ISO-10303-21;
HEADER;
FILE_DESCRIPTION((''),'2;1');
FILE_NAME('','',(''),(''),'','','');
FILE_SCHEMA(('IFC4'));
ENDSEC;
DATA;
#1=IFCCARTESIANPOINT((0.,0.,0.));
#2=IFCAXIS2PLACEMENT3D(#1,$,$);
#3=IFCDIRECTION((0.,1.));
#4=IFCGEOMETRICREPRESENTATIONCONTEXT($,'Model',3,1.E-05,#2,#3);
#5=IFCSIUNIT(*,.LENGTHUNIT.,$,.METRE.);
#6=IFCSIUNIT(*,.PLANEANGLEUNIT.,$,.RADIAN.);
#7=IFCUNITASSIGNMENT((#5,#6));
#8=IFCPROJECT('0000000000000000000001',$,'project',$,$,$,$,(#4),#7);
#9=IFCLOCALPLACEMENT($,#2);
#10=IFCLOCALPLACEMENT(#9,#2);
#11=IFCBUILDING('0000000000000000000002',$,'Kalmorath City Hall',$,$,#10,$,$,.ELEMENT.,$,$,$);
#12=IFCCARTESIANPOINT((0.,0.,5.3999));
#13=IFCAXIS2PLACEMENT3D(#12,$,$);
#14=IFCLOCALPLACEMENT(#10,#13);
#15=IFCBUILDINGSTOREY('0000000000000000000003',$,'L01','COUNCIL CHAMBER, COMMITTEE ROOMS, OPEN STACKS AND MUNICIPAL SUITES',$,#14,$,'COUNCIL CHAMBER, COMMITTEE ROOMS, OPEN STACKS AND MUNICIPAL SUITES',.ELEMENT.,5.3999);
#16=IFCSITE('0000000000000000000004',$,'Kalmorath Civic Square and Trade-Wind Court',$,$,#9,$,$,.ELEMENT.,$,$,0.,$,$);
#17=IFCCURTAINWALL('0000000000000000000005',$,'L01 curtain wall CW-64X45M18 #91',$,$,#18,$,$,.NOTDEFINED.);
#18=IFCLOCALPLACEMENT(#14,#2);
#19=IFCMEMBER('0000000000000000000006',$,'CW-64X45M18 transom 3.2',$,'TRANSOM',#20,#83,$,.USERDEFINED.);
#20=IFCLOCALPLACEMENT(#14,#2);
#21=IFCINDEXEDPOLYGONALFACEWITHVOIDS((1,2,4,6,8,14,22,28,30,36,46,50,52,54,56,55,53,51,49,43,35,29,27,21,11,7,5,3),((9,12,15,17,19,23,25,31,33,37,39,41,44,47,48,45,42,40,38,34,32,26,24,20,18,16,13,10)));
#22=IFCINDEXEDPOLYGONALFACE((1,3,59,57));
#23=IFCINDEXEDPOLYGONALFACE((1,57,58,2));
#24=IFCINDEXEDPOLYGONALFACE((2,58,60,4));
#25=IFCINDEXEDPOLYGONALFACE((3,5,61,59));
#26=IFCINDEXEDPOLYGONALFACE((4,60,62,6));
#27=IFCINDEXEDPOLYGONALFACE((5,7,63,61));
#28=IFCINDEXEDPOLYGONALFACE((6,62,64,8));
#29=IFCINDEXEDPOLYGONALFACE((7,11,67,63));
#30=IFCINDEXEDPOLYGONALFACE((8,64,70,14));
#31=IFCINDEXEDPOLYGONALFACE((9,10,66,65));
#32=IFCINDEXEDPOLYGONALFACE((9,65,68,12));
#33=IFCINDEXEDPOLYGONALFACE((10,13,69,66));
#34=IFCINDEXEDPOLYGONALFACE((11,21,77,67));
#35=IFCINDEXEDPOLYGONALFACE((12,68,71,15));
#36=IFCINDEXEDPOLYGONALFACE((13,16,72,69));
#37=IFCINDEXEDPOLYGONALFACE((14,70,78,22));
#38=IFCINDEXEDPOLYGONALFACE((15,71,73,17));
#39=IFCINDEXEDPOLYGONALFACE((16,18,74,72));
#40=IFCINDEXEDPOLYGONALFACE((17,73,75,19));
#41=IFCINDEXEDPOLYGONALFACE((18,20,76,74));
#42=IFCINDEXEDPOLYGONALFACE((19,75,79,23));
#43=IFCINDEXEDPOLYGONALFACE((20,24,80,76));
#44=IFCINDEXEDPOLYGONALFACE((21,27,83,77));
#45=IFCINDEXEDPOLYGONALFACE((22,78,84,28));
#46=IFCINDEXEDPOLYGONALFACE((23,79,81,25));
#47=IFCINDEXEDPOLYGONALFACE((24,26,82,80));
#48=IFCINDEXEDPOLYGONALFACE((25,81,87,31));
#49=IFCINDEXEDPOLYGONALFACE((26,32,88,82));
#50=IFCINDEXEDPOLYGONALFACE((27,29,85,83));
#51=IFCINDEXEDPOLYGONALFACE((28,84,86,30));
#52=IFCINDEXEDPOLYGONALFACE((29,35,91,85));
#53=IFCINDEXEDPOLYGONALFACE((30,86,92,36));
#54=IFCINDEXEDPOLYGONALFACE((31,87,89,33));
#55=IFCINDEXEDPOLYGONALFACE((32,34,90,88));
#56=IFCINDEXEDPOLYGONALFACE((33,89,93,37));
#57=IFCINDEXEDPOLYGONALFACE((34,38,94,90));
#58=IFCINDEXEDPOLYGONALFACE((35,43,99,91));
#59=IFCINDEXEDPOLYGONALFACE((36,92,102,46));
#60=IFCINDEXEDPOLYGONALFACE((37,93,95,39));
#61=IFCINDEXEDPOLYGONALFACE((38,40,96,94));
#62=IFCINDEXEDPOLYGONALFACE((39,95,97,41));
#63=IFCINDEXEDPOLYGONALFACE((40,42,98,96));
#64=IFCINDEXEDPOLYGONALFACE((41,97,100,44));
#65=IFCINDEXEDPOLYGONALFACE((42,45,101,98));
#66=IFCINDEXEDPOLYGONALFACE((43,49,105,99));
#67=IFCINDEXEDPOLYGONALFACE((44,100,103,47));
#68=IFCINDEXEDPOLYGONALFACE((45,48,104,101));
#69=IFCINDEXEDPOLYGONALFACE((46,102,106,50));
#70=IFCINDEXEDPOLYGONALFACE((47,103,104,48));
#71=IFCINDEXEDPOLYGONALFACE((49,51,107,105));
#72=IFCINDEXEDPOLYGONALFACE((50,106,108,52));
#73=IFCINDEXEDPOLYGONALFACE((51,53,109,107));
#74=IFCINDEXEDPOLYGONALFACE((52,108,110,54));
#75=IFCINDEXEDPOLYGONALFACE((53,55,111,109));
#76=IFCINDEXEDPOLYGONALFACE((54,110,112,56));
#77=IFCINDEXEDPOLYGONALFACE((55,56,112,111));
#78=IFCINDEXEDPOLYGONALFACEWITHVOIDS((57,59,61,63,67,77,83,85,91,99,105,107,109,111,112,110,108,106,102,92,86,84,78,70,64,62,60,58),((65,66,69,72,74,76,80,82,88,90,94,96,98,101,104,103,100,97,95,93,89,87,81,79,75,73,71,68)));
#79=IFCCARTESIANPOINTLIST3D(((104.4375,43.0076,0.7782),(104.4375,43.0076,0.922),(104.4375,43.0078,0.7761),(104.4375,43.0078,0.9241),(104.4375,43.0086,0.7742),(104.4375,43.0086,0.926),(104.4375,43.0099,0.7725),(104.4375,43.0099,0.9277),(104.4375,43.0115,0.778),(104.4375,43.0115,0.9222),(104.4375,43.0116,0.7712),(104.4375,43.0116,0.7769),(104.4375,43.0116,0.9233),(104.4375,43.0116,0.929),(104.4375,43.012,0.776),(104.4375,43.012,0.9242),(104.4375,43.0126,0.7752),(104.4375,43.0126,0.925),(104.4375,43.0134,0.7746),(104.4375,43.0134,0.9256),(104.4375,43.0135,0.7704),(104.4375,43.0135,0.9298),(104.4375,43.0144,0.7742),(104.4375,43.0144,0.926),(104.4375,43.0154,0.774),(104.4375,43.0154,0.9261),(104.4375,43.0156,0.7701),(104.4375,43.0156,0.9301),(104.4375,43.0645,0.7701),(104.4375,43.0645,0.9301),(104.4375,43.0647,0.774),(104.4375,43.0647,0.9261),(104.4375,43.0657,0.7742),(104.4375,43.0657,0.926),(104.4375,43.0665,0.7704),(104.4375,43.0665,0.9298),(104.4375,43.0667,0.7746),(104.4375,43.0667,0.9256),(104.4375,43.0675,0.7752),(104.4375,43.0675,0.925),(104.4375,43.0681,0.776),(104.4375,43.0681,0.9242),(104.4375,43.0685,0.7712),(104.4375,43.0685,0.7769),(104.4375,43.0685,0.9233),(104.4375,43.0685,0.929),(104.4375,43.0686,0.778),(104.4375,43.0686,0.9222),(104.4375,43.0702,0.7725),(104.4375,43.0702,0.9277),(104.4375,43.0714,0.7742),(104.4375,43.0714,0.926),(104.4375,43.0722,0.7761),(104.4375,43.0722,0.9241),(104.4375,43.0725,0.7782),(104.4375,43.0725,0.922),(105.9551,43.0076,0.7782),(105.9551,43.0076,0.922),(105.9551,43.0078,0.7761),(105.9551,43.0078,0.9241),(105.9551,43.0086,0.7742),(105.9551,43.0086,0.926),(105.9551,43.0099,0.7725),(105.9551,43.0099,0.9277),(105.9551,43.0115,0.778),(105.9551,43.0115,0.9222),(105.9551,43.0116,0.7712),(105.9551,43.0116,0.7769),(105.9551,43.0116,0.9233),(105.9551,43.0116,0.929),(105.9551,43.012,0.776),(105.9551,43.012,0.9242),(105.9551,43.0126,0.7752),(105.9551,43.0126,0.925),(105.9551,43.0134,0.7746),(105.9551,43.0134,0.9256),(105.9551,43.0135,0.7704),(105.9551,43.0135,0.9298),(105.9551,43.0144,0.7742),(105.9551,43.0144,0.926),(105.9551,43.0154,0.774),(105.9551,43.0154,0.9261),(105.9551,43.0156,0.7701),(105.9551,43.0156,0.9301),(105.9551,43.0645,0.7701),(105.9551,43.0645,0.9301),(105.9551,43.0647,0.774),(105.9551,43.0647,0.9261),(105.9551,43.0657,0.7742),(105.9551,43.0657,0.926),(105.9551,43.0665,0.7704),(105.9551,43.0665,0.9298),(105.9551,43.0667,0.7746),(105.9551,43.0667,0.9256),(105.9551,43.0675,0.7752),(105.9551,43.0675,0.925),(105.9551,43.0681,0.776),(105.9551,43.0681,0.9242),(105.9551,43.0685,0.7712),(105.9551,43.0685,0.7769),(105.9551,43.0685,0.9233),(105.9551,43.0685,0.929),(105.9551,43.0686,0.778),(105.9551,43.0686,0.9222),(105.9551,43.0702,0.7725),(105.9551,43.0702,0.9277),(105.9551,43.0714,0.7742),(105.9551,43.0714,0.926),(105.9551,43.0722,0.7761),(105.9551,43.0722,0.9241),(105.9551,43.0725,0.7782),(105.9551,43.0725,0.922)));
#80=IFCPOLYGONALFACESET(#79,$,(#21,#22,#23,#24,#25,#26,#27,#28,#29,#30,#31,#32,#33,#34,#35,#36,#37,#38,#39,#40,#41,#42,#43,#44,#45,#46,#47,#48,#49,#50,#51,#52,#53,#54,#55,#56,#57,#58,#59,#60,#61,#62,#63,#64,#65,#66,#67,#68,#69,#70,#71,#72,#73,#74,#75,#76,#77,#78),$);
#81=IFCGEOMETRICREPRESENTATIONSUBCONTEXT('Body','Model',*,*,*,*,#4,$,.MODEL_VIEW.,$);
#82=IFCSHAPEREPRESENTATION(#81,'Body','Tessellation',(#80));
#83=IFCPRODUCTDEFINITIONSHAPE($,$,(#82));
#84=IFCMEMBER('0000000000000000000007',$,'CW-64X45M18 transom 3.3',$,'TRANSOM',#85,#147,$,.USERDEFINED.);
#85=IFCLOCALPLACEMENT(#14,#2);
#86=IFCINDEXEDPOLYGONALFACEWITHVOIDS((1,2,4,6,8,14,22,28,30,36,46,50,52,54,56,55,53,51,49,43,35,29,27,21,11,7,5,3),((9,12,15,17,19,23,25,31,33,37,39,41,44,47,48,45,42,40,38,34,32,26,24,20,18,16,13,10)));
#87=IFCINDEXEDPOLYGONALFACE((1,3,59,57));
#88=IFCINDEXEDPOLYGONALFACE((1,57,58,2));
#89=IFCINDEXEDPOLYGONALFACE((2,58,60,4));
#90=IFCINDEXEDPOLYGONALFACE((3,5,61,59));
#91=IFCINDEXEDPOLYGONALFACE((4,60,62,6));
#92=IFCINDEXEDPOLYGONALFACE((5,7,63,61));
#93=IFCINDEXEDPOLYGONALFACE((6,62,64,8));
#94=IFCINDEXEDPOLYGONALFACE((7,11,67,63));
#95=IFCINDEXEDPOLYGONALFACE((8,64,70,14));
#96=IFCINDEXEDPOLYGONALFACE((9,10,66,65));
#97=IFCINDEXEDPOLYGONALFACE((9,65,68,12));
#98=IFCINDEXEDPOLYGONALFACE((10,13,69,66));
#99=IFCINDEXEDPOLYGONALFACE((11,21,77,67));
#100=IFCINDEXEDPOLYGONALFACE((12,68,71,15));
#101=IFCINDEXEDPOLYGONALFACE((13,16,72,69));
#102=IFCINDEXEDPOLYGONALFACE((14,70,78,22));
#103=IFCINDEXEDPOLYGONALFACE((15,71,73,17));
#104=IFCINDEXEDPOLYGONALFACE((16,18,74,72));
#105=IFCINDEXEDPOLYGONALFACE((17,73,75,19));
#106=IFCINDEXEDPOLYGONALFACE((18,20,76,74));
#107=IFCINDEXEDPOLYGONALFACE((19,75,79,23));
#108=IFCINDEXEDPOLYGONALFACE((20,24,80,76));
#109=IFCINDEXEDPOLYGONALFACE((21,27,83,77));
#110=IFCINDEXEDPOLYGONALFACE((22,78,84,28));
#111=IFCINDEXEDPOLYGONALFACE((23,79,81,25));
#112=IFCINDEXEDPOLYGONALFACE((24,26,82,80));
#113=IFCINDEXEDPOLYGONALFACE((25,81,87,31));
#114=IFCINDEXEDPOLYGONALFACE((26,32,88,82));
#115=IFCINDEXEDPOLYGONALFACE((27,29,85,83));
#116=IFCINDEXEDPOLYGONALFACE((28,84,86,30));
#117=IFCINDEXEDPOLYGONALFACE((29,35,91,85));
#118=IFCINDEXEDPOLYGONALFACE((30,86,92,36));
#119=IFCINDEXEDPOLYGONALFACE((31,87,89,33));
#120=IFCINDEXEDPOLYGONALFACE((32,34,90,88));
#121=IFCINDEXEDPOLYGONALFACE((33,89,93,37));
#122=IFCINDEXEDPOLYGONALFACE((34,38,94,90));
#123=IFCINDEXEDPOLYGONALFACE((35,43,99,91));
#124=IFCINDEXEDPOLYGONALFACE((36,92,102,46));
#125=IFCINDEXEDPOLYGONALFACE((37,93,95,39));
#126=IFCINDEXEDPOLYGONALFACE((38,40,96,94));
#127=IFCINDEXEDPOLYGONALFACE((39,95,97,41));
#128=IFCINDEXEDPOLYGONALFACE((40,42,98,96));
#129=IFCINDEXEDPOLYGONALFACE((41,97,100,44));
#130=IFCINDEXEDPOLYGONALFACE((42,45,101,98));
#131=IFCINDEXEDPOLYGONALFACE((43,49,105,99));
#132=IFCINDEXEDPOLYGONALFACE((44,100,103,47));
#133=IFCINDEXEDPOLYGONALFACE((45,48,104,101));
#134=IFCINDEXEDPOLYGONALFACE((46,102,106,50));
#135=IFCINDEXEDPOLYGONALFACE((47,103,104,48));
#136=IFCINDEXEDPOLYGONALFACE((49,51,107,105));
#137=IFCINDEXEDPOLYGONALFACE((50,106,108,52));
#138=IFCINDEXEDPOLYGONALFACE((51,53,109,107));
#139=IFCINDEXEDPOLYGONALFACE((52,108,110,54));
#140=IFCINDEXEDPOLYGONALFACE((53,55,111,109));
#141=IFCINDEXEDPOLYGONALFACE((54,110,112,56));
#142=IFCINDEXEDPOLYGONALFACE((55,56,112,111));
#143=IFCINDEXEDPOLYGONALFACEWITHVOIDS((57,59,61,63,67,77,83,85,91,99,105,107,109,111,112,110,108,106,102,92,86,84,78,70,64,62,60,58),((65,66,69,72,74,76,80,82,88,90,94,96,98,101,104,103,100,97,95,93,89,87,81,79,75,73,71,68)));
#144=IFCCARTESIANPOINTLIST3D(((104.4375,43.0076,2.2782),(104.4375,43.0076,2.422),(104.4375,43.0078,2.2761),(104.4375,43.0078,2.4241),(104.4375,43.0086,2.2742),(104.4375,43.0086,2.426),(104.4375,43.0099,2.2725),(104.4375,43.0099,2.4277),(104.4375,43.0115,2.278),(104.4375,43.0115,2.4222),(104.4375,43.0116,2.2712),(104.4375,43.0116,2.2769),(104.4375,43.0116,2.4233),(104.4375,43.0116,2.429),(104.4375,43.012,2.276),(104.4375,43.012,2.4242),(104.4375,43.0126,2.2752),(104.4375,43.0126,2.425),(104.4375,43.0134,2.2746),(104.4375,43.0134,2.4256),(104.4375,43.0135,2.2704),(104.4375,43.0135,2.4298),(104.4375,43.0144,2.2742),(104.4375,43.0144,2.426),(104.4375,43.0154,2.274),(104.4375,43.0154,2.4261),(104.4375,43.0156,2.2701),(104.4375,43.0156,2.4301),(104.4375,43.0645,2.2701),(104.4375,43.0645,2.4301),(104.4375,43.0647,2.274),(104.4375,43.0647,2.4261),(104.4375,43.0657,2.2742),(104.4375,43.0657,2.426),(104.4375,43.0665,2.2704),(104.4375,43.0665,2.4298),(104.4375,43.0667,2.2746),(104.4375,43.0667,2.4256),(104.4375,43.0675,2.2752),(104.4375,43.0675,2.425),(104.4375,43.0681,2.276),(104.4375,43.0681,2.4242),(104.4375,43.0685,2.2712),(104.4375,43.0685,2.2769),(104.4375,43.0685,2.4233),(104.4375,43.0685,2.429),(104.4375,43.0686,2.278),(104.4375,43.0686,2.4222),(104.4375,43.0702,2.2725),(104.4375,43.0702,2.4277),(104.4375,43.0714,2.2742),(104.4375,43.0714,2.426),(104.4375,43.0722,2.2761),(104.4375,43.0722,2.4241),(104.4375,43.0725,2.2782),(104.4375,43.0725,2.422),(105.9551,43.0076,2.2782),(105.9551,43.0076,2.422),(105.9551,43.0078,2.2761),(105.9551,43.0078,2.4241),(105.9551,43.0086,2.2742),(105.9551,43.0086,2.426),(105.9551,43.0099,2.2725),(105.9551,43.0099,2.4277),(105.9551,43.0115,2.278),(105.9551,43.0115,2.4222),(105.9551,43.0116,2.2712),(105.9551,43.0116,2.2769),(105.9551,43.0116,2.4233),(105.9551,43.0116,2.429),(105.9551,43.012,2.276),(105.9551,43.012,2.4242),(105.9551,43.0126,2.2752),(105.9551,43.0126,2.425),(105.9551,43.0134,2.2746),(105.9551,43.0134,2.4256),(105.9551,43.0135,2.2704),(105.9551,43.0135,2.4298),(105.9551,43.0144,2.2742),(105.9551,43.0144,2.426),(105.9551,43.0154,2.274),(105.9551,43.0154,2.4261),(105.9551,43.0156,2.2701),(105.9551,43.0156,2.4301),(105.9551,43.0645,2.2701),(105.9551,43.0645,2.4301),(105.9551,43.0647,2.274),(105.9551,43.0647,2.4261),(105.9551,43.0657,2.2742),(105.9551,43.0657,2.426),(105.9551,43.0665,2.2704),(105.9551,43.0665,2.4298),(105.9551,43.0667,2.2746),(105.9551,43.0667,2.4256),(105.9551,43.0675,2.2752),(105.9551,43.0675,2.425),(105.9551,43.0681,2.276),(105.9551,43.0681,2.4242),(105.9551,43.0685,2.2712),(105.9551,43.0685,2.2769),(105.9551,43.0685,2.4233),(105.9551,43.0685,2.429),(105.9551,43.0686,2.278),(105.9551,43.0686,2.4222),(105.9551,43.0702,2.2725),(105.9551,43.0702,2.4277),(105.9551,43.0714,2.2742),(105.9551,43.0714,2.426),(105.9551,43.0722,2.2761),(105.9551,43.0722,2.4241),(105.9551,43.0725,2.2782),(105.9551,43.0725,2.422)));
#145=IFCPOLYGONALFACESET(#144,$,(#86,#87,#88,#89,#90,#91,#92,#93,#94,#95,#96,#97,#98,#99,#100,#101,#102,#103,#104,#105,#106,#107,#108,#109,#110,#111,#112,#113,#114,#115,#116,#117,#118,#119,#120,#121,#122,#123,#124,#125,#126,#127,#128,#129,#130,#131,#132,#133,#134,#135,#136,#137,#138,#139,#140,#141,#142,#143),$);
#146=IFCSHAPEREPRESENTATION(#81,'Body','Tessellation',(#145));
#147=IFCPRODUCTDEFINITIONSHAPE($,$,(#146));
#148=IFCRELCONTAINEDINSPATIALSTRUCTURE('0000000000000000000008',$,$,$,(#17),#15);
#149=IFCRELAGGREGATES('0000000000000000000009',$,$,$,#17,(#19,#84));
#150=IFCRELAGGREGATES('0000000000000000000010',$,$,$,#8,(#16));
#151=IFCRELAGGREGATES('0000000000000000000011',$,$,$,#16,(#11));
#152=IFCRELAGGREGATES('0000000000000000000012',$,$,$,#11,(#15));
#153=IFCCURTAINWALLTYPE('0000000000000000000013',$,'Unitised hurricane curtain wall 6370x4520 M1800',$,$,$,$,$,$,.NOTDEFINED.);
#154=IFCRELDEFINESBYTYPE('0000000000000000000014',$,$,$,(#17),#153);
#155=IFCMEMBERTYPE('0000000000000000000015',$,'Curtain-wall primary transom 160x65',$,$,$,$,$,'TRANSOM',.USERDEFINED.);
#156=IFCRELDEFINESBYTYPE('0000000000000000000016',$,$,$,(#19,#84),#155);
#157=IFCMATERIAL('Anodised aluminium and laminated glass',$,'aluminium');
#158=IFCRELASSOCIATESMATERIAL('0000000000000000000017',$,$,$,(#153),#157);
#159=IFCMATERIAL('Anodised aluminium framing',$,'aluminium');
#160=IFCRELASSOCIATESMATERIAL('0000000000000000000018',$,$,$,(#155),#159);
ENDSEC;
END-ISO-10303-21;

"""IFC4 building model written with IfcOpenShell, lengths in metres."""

from ifc_helpers import new_model, si_unit, direction, frame, origin, origin_2d, place, context, subcontext, project, spatial, hollow_rectangle, extrude, material, material_profile, profile_set, type_object, element, aggregate, save


model = new_model("IFC4")

# Units and contexts
model_context = context("Model", 3, precision=1e-05, world=origin(), true_north=direction((0.0, 1.0)))
body_context = subcontext(model_context, "Body", "Model", "MODEL_VIEW")
ifc_project = project(units=[si_unit("LENGTHUNIT", "METRE"), si_unit("PLANEANGLEUNIT", "RADIAN")], contexts=[model_context])

# Site, building, storey
site_placement = place(None, origin())
site = spatial("IfcSite", under=ifc_project, at=site_placement, Name="Kalmorath Civic Square and Trade-Wind Court", CompositionType="ELEMENT", RefElevation=0.0)
building_placement = place(site_placement, origin())
building = spatial("IfcBuilding", under=site, at=building_placement, Name="Kalmorath City Hall", CompositionType="ELEMENT")
storey_placement = place(building_placement, frame((0.0, 0.0, 5.3999)))
storey = spatial("IfcBuildingStorey", under=building, at=storey_placement, Name="L01", Description="COUNCIL CHAMBER, COMMITTEE ROOMS, OPEN STACKS AND MUNICIPAL SUITES", LongName="COUNCIL CHAMBER, COMMITTEE ROOMS, OPEN STACKS AND MUNICIPAL SUITES", CompositionType="ELEMENT", Elevation=5.3999)

# Curtain wall, members
ifc_material_1 = material(Name="Anodised aluminium and laminated glass", Category="aluminium")
curtain_wall_type = type_object("IfcCurtainWallType", Name="Unitised hurricane curtain wall 6370x4520 M1800", PredefinedType="NOTDEFINED", material=ifc_material_1)
curtain_wall_placement = place(storey_placement, origin())
curtain_wall = element("IfcCurtainWall", 1, at=curtain_wall_placement, inside=storey, type_object=curtain_wall_type, Name="L01 curtain wall CW-64X45M18 #91", PredefinedType="NOTDEFINED")
ifc_material_2 = material(Name="Anodised aluminium framing", Category="aluminium")
ifc_material_profile_1 = material_profile(ifc_material_2, hollow_rectangle(XDim=0.0649, YDim=0.1599, WallThickness=0.0039, InnerFilletRadius=0.0039, OuterFilletRadius=0.0081, at=origin_2d()), Name="ALU-TRN-160X65X4")
ifc_profile_set_1 = profile_set([ifc_material_profile_1], Name="Anodised aluminium framing")
member_type_1 = type_object("IfcMemberType", Name="Curtain-wall primary transom 160x65", ElementType="TRANSOM", PredefinedType="USERDEFINED", material=ifc_profile_set_1)
member_1_placement = place(storey_placement, frame((104.4375, 43.04, 0.8501), z_axis=(1.0, 0.0, 0.0), x_axis=(0.0, 1.0, 0.0)))
member_1 = element("IfcMember", 2, at=member_1_placement, type_object=member_type_1, Name="CW-64X45M18 transom 3.2", ObjectType="TRANSOM", PredefinedType="USERDEFINED", context=body_context, shape_type="SweptSolid", body=[
    extrude(hollow_rectangle(XDim=0.0649, YDim=0.1599, WallThickness=0.0039, InnerFilletRadius=0.0039, OuterFilletRadius=0.0081, at=origin_2d()), origin(), (0.0, 0.0, 1.0), 1.5176),
])
member_2_placement = place(storey_placement, frame((104.4375, 43.04, 2.3501), z_axis=(1.0, 0.0, 0.0), x_axis=(0.0, 1.0, 0.0)))
member_2 = element("IfcMember", 3, at=member_2_placement, type_object=member_type_1, Name="CW-64X45M18 transom 3.3", ObjectType="TRANSOM", PredefinedType="USERDEFINED", context=body_context, shape_type="SweptSolid", body=[
    extrude(hollow_rectangle(XDim=0.0649, YDim=0.1599, WallThickness=0.0039, InnerFilletRadius=0.0039, OuterFilletRadius=0.0081, at=origin_2d()), origin(), (0.0, 0.0, 1.0), 1.5176),
])
aggregate(curtain_wall, [member_1, member_2])

save(model, "model.ifc")
